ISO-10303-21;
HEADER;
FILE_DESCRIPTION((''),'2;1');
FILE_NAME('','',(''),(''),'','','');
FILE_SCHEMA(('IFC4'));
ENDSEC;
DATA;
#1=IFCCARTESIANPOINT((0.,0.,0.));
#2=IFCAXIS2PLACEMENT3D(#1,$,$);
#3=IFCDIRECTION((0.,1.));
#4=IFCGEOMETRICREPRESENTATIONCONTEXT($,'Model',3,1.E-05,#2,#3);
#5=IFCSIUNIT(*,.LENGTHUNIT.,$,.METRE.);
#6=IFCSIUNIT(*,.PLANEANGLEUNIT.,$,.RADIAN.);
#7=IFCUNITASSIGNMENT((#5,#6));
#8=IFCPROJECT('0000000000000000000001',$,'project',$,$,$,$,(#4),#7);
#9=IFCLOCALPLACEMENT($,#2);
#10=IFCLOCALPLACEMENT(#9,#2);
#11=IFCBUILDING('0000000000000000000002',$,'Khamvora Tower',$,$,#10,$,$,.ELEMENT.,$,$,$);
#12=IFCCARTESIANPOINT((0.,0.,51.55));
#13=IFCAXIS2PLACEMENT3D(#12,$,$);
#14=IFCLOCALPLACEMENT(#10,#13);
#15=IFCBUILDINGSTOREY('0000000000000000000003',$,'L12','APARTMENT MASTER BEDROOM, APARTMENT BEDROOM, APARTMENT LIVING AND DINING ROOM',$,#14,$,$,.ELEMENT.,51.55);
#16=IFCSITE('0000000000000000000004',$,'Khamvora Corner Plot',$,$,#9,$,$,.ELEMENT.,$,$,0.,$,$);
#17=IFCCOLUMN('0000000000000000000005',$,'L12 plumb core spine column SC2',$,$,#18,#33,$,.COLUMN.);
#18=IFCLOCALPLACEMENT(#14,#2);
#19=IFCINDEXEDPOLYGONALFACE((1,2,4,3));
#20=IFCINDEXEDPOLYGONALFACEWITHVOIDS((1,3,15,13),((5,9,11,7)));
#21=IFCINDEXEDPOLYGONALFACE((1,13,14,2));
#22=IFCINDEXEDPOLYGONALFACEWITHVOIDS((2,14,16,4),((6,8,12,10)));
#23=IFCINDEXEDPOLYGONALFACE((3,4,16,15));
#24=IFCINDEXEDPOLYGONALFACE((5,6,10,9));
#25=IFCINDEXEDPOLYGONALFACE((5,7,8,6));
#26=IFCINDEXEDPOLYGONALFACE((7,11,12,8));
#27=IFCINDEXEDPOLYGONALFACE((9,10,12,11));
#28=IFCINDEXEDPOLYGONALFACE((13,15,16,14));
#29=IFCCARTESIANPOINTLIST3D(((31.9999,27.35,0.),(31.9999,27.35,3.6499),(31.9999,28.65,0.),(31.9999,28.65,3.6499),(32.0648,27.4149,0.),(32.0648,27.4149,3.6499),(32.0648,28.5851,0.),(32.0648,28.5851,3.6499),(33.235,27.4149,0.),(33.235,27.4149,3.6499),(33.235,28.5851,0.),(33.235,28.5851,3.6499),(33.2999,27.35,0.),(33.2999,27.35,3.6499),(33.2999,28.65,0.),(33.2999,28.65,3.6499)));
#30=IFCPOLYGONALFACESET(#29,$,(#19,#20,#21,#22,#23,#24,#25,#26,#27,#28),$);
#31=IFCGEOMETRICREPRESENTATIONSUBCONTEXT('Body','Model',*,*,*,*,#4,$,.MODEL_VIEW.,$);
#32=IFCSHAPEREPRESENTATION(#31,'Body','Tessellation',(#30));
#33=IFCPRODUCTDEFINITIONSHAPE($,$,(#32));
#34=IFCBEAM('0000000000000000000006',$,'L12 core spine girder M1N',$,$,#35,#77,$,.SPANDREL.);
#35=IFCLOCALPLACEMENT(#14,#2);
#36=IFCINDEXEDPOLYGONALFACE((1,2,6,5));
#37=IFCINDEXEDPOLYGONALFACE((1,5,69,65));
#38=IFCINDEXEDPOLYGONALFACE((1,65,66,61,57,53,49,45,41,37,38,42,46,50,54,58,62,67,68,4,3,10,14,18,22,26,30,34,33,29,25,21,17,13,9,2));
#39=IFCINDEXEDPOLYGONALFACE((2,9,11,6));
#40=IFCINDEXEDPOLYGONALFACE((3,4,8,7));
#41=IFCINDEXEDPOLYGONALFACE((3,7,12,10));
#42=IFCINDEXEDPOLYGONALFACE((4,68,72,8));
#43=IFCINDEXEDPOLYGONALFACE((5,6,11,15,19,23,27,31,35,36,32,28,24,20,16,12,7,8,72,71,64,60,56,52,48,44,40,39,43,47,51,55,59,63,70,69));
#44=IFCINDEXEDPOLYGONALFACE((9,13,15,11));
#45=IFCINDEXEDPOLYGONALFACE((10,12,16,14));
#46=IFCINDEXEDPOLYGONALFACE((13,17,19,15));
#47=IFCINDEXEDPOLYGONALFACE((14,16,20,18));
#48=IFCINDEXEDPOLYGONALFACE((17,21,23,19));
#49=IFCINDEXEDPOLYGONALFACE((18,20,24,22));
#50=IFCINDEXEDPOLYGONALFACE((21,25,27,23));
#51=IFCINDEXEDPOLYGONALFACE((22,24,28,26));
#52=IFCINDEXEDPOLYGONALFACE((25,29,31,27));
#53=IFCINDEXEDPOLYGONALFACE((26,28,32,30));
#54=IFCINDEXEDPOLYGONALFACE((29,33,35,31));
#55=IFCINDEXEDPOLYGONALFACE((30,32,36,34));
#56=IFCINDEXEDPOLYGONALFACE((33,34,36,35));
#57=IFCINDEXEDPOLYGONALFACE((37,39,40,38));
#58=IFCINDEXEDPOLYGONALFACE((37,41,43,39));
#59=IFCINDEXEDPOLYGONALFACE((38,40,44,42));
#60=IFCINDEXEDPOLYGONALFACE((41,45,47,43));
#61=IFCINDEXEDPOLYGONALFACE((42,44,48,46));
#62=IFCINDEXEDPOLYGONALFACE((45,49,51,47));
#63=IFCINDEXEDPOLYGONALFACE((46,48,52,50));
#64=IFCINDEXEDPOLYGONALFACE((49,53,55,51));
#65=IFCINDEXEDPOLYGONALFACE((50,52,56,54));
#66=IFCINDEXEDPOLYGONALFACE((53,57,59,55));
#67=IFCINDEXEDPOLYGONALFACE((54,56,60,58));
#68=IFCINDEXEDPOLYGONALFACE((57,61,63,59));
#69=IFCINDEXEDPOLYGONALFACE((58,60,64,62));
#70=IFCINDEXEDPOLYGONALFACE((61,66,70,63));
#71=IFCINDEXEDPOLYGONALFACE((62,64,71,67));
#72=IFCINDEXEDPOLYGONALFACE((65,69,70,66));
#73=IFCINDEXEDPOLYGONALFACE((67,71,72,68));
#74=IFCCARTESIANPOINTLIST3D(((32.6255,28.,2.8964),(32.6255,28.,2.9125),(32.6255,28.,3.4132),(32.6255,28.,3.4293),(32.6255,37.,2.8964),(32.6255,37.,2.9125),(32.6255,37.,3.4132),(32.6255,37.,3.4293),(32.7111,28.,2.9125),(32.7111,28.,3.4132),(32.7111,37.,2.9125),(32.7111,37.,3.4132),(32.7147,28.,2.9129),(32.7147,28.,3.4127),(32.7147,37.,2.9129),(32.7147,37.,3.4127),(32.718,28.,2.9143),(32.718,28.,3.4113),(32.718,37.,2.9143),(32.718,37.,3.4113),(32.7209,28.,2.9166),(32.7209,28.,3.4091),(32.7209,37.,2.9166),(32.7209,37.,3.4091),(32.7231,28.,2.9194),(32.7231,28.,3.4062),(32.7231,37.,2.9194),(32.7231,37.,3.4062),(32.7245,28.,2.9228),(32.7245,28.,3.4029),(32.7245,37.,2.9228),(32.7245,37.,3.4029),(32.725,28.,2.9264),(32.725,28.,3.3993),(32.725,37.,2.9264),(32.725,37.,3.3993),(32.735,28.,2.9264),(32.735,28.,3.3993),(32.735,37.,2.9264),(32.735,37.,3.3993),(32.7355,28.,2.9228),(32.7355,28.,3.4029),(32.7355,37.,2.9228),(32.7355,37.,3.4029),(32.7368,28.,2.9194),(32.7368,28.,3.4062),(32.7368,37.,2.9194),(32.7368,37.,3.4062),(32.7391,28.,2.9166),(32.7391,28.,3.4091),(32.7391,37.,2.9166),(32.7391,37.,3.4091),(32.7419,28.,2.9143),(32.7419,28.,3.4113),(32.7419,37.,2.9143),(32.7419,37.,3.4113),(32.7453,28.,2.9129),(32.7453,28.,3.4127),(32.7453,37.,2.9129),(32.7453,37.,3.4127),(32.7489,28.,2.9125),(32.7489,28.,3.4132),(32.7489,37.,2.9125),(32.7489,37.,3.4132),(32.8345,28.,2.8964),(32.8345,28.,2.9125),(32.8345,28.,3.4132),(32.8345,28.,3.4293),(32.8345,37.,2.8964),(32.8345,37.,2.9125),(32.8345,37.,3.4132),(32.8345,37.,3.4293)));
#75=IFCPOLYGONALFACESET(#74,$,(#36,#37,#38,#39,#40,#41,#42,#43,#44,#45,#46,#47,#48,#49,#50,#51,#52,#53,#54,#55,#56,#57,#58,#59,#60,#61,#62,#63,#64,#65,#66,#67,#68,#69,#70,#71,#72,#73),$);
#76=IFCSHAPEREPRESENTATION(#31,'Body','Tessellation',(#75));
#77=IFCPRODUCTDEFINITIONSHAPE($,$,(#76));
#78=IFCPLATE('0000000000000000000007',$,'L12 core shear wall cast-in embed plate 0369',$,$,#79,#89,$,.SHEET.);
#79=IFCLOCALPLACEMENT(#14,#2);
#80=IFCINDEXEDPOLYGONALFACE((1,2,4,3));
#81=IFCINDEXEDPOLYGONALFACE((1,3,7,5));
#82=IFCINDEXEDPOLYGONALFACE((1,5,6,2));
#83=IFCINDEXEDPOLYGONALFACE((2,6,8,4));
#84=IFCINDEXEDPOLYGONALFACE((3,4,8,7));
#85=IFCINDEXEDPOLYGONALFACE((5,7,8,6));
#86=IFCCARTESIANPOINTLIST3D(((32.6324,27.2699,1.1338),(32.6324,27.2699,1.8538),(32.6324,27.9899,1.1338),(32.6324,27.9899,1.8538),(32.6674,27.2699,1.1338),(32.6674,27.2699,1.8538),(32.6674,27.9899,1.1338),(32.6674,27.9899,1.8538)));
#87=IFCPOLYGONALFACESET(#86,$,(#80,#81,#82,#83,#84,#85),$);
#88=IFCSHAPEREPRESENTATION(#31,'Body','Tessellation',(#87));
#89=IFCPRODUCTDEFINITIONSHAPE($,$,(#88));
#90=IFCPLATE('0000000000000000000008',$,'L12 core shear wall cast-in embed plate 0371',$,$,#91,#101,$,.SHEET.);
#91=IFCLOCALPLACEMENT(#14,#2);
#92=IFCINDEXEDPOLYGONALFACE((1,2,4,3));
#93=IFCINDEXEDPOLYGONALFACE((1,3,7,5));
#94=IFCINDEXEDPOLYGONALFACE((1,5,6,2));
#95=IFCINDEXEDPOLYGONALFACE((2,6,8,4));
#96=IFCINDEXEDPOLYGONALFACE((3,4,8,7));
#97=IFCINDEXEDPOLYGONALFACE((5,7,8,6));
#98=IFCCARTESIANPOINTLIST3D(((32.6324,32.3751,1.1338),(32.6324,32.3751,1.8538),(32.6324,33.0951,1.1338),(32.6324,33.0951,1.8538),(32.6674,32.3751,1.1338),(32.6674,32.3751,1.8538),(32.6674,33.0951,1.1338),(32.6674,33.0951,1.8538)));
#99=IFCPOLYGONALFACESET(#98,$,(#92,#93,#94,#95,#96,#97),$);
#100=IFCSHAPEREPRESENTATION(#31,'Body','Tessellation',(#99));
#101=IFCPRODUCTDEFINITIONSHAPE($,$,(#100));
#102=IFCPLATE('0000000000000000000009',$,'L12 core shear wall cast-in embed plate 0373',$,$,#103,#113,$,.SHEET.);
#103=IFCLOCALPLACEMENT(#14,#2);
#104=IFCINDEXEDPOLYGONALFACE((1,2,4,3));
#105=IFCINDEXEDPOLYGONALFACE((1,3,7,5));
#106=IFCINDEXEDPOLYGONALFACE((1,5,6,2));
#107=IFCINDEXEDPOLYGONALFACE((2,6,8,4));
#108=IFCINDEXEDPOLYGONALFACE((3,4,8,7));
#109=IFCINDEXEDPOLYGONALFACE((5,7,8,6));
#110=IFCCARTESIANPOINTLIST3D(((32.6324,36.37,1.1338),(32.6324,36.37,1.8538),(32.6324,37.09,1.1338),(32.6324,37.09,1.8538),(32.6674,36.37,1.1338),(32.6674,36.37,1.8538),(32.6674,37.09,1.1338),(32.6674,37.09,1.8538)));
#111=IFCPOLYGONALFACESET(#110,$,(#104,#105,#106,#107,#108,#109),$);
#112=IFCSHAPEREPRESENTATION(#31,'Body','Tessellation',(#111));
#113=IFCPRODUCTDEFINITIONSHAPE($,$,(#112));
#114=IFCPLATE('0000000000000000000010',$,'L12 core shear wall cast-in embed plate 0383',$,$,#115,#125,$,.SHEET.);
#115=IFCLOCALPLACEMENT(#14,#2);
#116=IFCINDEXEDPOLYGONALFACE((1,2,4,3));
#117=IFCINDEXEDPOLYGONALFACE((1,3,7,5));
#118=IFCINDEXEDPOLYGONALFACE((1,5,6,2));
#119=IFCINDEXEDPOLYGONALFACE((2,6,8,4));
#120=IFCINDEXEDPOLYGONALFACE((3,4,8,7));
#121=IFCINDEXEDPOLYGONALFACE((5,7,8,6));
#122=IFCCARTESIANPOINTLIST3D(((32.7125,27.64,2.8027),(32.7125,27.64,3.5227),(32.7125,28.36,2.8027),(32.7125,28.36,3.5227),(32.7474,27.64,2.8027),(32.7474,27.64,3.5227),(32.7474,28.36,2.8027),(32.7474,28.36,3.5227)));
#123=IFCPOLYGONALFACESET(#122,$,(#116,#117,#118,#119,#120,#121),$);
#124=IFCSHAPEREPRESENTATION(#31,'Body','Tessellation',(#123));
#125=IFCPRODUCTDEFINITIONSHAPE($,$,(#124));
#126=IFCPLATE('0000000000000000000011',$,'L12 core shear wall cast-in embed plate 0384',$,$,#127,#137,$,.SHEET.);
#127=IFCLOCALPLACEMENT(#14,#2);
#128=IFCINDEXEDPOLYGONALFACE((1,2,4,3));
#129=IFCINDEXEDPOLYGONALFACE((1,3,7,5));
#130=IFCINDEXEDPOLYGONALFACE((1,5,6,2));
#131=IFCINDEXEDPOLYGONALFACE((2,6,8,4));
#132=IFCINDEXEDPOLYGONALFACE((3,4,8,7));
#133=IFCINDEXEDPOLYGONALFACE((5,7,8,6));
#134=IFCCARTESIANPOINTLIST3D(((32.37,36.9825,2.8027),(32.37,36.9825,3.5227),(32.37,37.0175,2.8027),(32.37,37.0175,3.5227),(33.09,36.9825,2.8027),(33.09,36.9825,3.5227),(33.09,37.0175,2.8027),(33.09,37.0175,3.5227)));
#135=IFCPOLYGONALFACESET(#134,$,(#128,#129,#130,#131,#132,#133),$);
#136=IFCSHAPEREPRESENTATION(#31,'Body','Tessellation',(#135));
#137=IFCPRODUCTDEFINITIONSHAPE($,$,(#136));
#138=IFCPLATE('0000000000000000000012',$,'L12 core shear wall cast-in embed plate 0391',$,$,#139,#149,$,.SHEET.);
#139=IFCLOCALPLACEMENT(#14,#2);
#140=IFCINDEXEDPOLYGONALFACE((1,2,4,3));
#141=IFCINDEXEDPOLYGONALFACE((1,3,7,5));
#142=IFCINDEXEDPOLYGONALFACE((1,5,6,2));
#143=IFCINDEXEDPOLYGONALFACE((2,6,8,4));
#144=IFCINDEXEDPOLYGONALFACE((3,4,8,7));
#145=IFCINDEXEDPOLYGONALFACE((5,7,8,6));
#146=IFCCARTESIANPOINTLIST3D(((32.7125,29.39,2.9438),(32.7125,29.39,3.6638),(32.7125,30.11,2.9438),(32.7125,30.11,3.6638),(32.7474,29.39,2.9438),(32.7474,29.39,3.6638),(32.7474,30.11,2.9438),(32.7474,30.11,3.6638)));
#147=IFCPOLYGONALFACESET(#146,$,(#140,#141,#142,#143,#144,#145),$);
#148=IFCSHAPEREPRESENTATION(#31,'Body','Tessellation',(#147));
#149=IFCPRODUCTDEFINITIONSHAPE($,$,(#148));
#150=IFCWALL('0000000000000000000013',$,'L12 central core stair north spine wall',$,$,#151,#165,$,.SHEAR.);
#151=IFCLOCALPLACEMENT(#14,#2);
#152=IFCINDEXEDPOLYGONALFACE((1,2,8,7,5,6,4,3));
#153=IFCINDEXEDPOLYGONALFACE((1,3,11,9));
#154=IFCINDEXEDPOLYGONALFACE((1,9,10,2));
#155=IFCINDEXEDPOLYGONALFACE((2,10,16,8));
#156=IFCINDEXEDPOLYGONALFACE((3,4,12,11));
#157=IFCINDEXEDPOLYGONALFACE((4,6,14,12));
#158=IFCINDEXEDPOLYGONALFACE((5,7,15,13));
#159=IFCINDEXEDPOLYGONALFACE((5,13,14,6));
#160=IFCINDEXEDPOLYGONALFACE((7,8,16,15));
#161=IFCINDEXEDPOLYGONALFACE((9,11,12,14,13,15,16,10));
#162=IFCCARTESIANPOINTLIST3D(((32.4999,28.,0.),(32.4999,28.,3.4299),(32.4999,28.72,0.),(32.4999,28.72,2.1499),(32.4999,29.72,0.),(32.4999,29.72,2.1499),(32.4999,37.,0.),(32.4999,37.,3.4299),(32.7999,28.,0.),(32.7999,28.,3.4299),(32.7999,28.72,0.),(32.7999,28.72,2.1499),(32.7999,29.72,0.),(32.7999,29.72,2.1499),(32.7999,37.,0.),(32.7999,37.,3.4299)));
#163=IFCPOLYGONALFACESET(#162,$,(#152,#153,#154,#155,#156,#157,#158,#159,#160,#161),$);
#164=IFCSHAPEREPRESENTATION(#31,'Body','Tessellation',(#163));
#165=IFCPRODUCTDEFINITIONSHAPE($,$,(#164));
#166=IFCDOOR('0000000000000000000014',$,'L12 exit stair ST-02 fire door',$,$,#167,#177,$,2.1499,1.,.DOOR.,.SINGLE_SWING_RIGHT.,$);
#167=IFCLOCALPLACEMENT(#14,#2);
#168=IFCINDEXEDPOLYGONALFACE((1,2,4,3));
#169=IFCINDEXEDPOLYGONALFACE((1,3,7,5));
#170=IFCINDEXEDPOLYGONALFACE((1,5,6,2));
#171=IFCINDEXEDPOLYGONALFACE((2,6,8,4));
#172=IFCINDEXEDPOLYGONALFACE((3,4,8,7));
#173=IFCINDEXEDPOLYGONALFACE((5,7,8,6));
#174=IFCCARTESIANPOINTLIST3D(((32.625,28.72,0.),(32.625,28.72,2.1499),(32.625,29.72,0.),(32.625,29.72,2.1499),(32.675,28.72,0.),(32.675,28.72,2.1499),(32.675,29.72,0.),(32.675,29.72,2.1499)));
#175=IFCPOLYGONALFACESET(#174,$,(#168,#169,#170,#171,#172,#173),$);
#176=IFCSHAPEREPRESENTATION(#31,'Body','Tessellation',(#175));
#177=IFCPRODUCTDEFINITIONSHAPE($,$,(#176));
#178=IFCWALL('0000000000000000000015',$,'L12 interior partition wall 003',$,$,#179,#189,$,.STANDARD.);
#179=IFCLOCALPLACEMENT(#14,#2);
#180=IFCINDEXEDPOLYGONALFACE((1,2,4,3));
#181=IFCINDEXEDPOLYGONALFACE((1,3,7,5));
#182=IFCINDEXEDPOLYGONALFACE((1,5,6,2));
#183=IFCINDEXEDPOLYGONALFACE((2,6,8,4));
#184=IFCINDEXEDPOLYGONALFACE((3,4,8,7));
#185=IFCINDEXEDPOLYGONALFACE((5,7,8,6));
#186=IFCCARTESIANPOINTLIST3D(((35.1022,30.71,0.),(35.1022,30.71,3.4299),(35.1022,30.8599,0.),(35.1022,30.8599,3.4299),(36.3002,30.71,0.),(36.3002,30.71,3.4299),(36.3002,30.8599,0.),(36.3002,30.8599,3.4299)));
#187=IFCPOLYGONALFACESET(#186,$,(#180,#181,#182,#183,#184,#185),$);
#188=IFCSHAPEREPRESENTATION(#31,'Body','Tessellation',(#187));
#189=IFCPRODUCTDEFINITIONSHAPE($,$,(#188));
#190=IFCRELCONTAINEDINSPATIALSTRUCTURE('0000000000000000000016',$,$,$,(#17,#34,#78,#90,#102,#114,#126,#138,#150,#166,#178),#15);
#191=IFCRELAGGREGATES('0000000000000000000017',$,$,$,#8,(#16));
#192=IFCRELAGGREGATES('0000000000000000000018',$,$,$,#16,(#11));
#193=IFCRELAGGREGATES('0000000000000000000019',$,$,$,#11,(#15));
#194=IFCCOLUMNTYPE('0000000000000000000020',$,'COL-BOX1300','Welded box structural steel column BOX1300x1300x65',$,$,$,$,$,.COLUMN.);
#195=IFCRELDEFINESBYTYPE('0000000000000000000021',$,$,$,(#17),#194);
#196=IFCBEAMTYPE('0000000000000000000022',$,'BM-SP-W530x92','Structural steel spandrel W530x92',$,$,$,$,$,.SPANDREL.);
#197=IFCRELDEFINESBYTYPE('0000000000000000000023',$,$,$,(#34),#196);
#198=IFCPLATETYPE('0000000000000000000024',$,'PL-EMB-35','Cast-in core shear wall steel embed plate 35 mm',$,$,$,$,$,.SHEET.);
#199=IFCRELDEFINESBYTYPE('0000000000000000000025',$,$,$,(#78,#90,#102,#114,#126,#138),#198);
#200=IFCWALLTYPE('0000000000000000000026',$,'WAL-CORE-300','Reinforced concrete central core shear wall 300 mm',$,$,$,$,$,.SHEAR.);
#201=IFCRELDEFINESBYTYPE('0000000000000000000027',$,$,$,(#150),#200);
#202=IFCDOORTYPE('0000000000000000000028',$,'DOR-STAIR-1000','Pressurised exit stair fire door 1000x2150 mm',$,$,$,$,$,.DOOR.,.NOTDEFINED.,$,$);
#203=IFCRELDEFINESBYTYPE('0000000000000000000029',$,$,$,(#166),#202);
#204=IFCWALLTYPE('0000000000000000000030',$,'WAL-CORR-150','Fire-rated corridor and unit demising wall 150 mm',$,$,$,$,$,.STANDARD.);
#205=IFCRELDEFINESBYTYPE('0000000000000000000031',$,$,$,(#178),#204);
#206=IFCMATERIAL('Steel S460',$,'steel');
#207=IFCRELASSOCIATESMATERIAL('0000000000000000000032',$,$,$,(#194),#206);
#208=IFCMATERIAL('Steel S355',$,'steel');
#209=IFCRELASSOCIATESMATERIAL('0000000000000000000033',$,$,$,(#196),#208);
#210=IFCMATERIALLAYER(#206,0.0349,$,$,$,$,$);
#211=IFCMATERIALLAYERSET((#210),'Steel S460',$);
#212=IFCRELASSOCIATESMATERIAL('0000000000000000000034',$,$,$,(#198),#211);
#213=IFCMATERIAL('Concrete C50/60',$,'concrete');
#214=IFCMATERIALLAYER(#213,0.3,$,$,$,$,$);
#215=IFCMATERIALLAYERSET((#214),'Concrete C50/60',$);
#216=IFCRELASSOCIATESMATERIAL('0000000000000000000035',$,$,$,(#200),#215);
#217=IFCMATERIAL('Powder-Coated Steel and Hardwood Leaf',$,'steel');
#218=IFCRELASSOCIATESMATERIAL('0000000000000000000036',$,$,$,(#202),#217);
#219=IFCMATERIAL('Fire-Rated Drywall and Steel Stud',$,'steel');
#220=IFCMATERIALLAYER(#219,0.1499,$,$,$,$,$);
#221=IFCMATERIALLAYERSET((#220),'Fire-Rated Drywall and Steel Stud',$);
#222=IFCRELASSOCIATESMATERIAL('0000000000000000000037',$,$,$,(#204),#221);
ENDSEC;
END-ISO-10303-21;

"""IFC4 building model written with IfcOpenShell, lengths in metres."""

from ifc_helpers import new_model, si_unit, direction, frame, frame_2d, origin, origin_2d, place, context, subcontext, project, spatial, rectangle, hollow_rectangle, i_section, extrude, material, layer, layer_set, material_profile, profile_set, type_object, element, fill, save


model = new_model("IFC4")

# Units and contexts
model_context = context("Model", 3, precision=1e-05, world=origin(), true_north=direction((0.0, 1.0)))
body_context = subcontext(model_context, "Body", "Model", "MODEL_VIEW")
ifc_project = project(units=[si_unit("LENGTHUNIT", "METRE"), si_unit("PLANEANGLEUNIT", "RADIAN")], contexts=[model_context])

# Site, building, storey
site_placement = place(None, origin())
site = spatial("IfcSite", under=ifc_project, at=site_placement, Name="Khamvora Corner Plot", CompositionType="ELEMENT", RefElevation=0.0)
building_placement = place(site_placement, origin())
building = spatial("IfcBuilding", under=site, at=building_placement, Name="Khamvora Tower", CompositionType="ELEMENT")
storey_placement = place(building_placement, frame((0.0, 0.0, 51.55)))
storey = spatial("IfcBuildingStorey", under=building, at=storey_placement, Name="L12", Description="APARTMENT MASTER BEDROOM, APARTMENT BEDROOM, APARTMENT LIVING AND DINING ROOM", CompositionType="ELEMENT", Elevation=51.55)

# Column
ifc_material_1 = material(Name="Steel S460", Category="steel")
ifc_material_profile_1 = material_profile(ifc_material_1, hollow_rectangle(XDim=1.3, YDim=1.3, WallThickness=0.0649, at=origin_2d()), Name="BOX1300x1300x65")
ifc_profile_set_1 = profile_set([ifc_material_profile_1], Name="Steel S460")
column_type = type_object("IfcColumnType", Name="COL-BOX1300", Description="Welded box structural steel column BOX1300x1300x65", PredefinedType="COLUMN", material=ifc_profile_set_1)
column_placement = place(storey_placement, frame((32.6499, 28.0, 0.0), z_axis=(0.0, 0.0, 1.0), x_axis=(1.0, 0.0, 0.0)))
element("IfcColumn", 1, at=column_placement, inside=storey, type_object=column_type, Name="L12 plumb core spine column SC2", PredefinedType="COLUMN", context=body_context, shape_type="SweptSolid", body=[
    extrude(hollow_rectangle(XDim=1.3, YDim=1.3, WallThickness=0.0649, at=origin_2d()), origin(), (0.0, 0.0, 1.0), 3.6499),
])

# Beam
ifc_material_2 = material(Name="Steel S355", Category="steel")
ifc_material_profile_2 = material_profile(ifc_material_2, i_section(OverallWidth=0.209, OverallDepth=0.533, WebThickness=0.01, FlangeThickness=0.0161, FilletRadius=0.0139, at=origin_2d()), Name="W530x92")
ifc_profile_set_2 = profile_set([ifc_material_profile_2], Name="Steel S355")
beam_type = type_object("IfcBeamType", Name="BM-SP-W530x92", Description="Structural steel spandrel W530x92", PredefinedType="SPANDREL", material=ifc_profile_set_2)
beam_placement = place(storey_placement, frame((32.73, 28.0, 3.1628), z_axis=(0.0, 1.0, 0.0), x_axis=(-1.0, 0.0, 0.0)))
element("IfcBeam", 2, at=beam_placement, inside=storey, type_object=beam_type, Name="L12 core spine girder M1N", PredefinedType="SPANDREL", context=body_context, shape_type="SweptSolid", body=[
    extrude(i_section(OverallWidth=0.209, OverallDepth=0.533, WebThickness=0.01, FlangeThickness=0.0161, FilletRadius=0.0139, at=origin_2d()), origin(), (0.0, 0.0, 1.0), 9.0),
])

# Plates
ifc_layer_1 = layer(ifc_material_1, 0.0349)
ifc_layer_set_1 = layer_set([ifc_layer_1], Name="Steel S460")
plate_type = type_object("IfcPlateType", Name="PL-EMB-35", Description="Cast-in core shear wall steel embed plate 35 mm", PredefinedType="SHEET", material=ifc_layer_set_1)
for number, where, z_axis, x_axis, name in (
    (3, (32.6499, 27.6299, 1.1338), (0.0, 0.0, 1.0), (1.0, 0.0, 0.0), "L12 core shear wall cast-in embed plate 0369"),
    (4, (32.6499, 32.7351, 1.1338), (0.0, 0.0, 1.0), (1.0, 0.0, 0.0), "L12 core shear wall cast-in embed plate 0371"),
    (5, (32.6499, 36.73, 1.1338), (0.0, 0.0, 1.0), (1.0, 0.0, 0.0), "L12 core shear wall cast-in embed plate 0373"),
    (6, (32.73, 28.0, 2.8027), (0.0, 0.0, 1.0), (1.0, 0.0, 0.0), "L12 core shear wall cast-in embed plate 0383"),
):
    element("IfcPlate", number, at=place(storey_placement, frame(where, z_axis=z_axis, x_axis=x_axis)), inside=storey, type_object=plate_type, Name=name, PredefinedType="SHEET", context=body_context, shape_type="SweptSolid", body=[
        extrude(rectangle(XDim=0.0349, YDim=0.72, at=origin_2d()), origin(), (0.0, 0.0, 1.0), 0.72),
    ])
plate_1_placement = place(storey_placement, frame((32.73, 37.0, 2.8027), z_axis=(0.0, 0.0, 1.0), x_axis=(1.0, 0.0, 0.0)))
element("IfcPlate", 7, at=plate_1_placement, inside=storey, type_object=plate_type, Name="L12 core shear wall cast-in embed plate 0384", PredefinedType="SHEET", context=body_context, shape_type="SweptSolid", body=[
    extrude(rectangle(XDim=0.72, YDim=0.0349, at=origin_2d()), origin(), (0.0, 0.0, 1.0), 0.72),
])
plate_2_placement = place(storey_placement, frame((32.73, 29.75, 2.9438), z_axis=(0.0, 0.0, 1.0), x_axis=(1.0, 0.0, 0.0)))
element("IfcPlate", 8, at=plate_2_placement, inside=storey, type_object=plate_type, Name="L12 core shear wall cast-in embed plate 0391", PredefinedType="SHEET", context=body_context, shape_type="SweptSolid", body=[
    extrude(rectangle(XDim=0.0349, YDim=0.72, at=origin_2d()), origin(), (0.0, 0.0, 1.0), 0.72),
])

# Wall, opening, door
ifc_material_3 = material(Name="Concrete C50/60", Category="concrete")
ifc_layer_2 = layer(ifc_material_3, 0.3)
ifc_layer_set_2 = layer_set([ifc_layer_2], Name="Concrete C50/60")
wall_type_1 = type_object("IfcWallType", Name="WAL-CORE-300", Description="Reinforced concrete central core shear wall 300 mm", PredefinedType="SHEAR", material=ifc_layer_set_2)
wall_1_placement = place(storey_placement, frame((32.6499, 28.0, 0.0), z_axis=(0.0, 0.0, 1.0), x_axis=(0.0, 1.0, 0.0)))
wall_1 = element("IfcWall", 9, at=wall_1_placement, inside=storey, type_object=wall_type_1, Name="L12 central core stair north spine wall", PredefinedType="SHEAR", context=body_context, shape_type="SweptSolid", body=[
    extrude(rectangle(XDim=9.0, YDim=0.3, at=frame_2d((4.5, 0.0))), origin(), (0.0, 0.0, 1.0), 3.4299),
])
opening_1_placement = place(wall_1_placement, frame((0.72, 0.0, 0.0)))
opening_1 = element("IfcOpeningElement", 10, at=opening_1_placement, cuts=wall_1, PredefinedType="OPENING", context=body_context, shape_type="SweptSolid", body=[
    extrude(rectangle(XDim=1.0, YDim=2.1499, at=frame_2d((0.5, 1.075))), frame((0.0, 0.1599, 0.0), z_axis=(0.0, -1.0, 0.0), x_axis=(1.0, 0.0, 0.0)), (0.0, 0.0, 1.0), 0.3201),
])
ifc_material_4 = material(Name="Powder-Coated Steel and Hardwood Leaf", Category="steel")
door_type_1 = type_object("IfcDoorType", Name="DOR-STAIR-1000", Description="Pressurised exit stair fire door 1000x2150 mm", OperationType="NOTDEFINED", PredefinedType="DOOR", material=ifc_material_4)
door_1_placement = place(opening_1_placement, origin())
door_1 = element("IfcDoor", 11, at=door_1_placement, inside=storey, type_object=door_type_1, Name="L12 exit stair ST-02 fire door", OperationType="SINGLE_SWING_RIGHT", OverallHeight=2.1499, OverallWidth=1.0, PredefinedType="DOOR", context=body_context, shape_type="SweptSolid", body=[
    extrude(rectangle(XDim=1.0, YDim=2.1499, at=frame_2d((0.5, 1.075))), frame((0.0, 0.0249, 0.0), z_axis=(0.0, -1.0, 0.0), x_axis=(1.0, 0.0, 0.0)), (0.0, 0.0, 1.0), 0.05),
])
fill(opening_1, door_1)

# Wall
ifc_material_5 = material(Name="Fire-Rated Drywall and Steel Stud", Category="steel")
ifc_layer_3 = layer(ifc_material_5, 0.1499)
ifc_layer_set_3 = layer_set([ifc_layer_3], Name="Fire-Rated Drywall and Steel Stud")
wall_type_2 = type_object("IfcWallType", Name="WAL-CORR-150", Description="Fire-rated corridor and unit demising wall 150 mm", PredefinedType="STANDARD", material=ifc_layer_set_3)
wall_2_placement = place(storey_placement, frame((35.1021, 30.7849, 0.0), z_axis=(0.0, 0.0, 1.0), x_axis=(1.0, 0.0, 0.0)))
element("IfcWall", 12, at=wall_2_placement, inside=storey, type_object=wall_type_2, Name="L12 interior partition wall 003", PredefinedType="STANDARD", context=body_context, shape_type="SweptSolid", body=[
    extrude(rectangle(XDim=1.198, YDim=0.1499, at=frame_2d((0.5991, 0.0))), origin(), (0.0, 0.0, 1.0), 3.4299),
])

save(model, "model.ifc")
